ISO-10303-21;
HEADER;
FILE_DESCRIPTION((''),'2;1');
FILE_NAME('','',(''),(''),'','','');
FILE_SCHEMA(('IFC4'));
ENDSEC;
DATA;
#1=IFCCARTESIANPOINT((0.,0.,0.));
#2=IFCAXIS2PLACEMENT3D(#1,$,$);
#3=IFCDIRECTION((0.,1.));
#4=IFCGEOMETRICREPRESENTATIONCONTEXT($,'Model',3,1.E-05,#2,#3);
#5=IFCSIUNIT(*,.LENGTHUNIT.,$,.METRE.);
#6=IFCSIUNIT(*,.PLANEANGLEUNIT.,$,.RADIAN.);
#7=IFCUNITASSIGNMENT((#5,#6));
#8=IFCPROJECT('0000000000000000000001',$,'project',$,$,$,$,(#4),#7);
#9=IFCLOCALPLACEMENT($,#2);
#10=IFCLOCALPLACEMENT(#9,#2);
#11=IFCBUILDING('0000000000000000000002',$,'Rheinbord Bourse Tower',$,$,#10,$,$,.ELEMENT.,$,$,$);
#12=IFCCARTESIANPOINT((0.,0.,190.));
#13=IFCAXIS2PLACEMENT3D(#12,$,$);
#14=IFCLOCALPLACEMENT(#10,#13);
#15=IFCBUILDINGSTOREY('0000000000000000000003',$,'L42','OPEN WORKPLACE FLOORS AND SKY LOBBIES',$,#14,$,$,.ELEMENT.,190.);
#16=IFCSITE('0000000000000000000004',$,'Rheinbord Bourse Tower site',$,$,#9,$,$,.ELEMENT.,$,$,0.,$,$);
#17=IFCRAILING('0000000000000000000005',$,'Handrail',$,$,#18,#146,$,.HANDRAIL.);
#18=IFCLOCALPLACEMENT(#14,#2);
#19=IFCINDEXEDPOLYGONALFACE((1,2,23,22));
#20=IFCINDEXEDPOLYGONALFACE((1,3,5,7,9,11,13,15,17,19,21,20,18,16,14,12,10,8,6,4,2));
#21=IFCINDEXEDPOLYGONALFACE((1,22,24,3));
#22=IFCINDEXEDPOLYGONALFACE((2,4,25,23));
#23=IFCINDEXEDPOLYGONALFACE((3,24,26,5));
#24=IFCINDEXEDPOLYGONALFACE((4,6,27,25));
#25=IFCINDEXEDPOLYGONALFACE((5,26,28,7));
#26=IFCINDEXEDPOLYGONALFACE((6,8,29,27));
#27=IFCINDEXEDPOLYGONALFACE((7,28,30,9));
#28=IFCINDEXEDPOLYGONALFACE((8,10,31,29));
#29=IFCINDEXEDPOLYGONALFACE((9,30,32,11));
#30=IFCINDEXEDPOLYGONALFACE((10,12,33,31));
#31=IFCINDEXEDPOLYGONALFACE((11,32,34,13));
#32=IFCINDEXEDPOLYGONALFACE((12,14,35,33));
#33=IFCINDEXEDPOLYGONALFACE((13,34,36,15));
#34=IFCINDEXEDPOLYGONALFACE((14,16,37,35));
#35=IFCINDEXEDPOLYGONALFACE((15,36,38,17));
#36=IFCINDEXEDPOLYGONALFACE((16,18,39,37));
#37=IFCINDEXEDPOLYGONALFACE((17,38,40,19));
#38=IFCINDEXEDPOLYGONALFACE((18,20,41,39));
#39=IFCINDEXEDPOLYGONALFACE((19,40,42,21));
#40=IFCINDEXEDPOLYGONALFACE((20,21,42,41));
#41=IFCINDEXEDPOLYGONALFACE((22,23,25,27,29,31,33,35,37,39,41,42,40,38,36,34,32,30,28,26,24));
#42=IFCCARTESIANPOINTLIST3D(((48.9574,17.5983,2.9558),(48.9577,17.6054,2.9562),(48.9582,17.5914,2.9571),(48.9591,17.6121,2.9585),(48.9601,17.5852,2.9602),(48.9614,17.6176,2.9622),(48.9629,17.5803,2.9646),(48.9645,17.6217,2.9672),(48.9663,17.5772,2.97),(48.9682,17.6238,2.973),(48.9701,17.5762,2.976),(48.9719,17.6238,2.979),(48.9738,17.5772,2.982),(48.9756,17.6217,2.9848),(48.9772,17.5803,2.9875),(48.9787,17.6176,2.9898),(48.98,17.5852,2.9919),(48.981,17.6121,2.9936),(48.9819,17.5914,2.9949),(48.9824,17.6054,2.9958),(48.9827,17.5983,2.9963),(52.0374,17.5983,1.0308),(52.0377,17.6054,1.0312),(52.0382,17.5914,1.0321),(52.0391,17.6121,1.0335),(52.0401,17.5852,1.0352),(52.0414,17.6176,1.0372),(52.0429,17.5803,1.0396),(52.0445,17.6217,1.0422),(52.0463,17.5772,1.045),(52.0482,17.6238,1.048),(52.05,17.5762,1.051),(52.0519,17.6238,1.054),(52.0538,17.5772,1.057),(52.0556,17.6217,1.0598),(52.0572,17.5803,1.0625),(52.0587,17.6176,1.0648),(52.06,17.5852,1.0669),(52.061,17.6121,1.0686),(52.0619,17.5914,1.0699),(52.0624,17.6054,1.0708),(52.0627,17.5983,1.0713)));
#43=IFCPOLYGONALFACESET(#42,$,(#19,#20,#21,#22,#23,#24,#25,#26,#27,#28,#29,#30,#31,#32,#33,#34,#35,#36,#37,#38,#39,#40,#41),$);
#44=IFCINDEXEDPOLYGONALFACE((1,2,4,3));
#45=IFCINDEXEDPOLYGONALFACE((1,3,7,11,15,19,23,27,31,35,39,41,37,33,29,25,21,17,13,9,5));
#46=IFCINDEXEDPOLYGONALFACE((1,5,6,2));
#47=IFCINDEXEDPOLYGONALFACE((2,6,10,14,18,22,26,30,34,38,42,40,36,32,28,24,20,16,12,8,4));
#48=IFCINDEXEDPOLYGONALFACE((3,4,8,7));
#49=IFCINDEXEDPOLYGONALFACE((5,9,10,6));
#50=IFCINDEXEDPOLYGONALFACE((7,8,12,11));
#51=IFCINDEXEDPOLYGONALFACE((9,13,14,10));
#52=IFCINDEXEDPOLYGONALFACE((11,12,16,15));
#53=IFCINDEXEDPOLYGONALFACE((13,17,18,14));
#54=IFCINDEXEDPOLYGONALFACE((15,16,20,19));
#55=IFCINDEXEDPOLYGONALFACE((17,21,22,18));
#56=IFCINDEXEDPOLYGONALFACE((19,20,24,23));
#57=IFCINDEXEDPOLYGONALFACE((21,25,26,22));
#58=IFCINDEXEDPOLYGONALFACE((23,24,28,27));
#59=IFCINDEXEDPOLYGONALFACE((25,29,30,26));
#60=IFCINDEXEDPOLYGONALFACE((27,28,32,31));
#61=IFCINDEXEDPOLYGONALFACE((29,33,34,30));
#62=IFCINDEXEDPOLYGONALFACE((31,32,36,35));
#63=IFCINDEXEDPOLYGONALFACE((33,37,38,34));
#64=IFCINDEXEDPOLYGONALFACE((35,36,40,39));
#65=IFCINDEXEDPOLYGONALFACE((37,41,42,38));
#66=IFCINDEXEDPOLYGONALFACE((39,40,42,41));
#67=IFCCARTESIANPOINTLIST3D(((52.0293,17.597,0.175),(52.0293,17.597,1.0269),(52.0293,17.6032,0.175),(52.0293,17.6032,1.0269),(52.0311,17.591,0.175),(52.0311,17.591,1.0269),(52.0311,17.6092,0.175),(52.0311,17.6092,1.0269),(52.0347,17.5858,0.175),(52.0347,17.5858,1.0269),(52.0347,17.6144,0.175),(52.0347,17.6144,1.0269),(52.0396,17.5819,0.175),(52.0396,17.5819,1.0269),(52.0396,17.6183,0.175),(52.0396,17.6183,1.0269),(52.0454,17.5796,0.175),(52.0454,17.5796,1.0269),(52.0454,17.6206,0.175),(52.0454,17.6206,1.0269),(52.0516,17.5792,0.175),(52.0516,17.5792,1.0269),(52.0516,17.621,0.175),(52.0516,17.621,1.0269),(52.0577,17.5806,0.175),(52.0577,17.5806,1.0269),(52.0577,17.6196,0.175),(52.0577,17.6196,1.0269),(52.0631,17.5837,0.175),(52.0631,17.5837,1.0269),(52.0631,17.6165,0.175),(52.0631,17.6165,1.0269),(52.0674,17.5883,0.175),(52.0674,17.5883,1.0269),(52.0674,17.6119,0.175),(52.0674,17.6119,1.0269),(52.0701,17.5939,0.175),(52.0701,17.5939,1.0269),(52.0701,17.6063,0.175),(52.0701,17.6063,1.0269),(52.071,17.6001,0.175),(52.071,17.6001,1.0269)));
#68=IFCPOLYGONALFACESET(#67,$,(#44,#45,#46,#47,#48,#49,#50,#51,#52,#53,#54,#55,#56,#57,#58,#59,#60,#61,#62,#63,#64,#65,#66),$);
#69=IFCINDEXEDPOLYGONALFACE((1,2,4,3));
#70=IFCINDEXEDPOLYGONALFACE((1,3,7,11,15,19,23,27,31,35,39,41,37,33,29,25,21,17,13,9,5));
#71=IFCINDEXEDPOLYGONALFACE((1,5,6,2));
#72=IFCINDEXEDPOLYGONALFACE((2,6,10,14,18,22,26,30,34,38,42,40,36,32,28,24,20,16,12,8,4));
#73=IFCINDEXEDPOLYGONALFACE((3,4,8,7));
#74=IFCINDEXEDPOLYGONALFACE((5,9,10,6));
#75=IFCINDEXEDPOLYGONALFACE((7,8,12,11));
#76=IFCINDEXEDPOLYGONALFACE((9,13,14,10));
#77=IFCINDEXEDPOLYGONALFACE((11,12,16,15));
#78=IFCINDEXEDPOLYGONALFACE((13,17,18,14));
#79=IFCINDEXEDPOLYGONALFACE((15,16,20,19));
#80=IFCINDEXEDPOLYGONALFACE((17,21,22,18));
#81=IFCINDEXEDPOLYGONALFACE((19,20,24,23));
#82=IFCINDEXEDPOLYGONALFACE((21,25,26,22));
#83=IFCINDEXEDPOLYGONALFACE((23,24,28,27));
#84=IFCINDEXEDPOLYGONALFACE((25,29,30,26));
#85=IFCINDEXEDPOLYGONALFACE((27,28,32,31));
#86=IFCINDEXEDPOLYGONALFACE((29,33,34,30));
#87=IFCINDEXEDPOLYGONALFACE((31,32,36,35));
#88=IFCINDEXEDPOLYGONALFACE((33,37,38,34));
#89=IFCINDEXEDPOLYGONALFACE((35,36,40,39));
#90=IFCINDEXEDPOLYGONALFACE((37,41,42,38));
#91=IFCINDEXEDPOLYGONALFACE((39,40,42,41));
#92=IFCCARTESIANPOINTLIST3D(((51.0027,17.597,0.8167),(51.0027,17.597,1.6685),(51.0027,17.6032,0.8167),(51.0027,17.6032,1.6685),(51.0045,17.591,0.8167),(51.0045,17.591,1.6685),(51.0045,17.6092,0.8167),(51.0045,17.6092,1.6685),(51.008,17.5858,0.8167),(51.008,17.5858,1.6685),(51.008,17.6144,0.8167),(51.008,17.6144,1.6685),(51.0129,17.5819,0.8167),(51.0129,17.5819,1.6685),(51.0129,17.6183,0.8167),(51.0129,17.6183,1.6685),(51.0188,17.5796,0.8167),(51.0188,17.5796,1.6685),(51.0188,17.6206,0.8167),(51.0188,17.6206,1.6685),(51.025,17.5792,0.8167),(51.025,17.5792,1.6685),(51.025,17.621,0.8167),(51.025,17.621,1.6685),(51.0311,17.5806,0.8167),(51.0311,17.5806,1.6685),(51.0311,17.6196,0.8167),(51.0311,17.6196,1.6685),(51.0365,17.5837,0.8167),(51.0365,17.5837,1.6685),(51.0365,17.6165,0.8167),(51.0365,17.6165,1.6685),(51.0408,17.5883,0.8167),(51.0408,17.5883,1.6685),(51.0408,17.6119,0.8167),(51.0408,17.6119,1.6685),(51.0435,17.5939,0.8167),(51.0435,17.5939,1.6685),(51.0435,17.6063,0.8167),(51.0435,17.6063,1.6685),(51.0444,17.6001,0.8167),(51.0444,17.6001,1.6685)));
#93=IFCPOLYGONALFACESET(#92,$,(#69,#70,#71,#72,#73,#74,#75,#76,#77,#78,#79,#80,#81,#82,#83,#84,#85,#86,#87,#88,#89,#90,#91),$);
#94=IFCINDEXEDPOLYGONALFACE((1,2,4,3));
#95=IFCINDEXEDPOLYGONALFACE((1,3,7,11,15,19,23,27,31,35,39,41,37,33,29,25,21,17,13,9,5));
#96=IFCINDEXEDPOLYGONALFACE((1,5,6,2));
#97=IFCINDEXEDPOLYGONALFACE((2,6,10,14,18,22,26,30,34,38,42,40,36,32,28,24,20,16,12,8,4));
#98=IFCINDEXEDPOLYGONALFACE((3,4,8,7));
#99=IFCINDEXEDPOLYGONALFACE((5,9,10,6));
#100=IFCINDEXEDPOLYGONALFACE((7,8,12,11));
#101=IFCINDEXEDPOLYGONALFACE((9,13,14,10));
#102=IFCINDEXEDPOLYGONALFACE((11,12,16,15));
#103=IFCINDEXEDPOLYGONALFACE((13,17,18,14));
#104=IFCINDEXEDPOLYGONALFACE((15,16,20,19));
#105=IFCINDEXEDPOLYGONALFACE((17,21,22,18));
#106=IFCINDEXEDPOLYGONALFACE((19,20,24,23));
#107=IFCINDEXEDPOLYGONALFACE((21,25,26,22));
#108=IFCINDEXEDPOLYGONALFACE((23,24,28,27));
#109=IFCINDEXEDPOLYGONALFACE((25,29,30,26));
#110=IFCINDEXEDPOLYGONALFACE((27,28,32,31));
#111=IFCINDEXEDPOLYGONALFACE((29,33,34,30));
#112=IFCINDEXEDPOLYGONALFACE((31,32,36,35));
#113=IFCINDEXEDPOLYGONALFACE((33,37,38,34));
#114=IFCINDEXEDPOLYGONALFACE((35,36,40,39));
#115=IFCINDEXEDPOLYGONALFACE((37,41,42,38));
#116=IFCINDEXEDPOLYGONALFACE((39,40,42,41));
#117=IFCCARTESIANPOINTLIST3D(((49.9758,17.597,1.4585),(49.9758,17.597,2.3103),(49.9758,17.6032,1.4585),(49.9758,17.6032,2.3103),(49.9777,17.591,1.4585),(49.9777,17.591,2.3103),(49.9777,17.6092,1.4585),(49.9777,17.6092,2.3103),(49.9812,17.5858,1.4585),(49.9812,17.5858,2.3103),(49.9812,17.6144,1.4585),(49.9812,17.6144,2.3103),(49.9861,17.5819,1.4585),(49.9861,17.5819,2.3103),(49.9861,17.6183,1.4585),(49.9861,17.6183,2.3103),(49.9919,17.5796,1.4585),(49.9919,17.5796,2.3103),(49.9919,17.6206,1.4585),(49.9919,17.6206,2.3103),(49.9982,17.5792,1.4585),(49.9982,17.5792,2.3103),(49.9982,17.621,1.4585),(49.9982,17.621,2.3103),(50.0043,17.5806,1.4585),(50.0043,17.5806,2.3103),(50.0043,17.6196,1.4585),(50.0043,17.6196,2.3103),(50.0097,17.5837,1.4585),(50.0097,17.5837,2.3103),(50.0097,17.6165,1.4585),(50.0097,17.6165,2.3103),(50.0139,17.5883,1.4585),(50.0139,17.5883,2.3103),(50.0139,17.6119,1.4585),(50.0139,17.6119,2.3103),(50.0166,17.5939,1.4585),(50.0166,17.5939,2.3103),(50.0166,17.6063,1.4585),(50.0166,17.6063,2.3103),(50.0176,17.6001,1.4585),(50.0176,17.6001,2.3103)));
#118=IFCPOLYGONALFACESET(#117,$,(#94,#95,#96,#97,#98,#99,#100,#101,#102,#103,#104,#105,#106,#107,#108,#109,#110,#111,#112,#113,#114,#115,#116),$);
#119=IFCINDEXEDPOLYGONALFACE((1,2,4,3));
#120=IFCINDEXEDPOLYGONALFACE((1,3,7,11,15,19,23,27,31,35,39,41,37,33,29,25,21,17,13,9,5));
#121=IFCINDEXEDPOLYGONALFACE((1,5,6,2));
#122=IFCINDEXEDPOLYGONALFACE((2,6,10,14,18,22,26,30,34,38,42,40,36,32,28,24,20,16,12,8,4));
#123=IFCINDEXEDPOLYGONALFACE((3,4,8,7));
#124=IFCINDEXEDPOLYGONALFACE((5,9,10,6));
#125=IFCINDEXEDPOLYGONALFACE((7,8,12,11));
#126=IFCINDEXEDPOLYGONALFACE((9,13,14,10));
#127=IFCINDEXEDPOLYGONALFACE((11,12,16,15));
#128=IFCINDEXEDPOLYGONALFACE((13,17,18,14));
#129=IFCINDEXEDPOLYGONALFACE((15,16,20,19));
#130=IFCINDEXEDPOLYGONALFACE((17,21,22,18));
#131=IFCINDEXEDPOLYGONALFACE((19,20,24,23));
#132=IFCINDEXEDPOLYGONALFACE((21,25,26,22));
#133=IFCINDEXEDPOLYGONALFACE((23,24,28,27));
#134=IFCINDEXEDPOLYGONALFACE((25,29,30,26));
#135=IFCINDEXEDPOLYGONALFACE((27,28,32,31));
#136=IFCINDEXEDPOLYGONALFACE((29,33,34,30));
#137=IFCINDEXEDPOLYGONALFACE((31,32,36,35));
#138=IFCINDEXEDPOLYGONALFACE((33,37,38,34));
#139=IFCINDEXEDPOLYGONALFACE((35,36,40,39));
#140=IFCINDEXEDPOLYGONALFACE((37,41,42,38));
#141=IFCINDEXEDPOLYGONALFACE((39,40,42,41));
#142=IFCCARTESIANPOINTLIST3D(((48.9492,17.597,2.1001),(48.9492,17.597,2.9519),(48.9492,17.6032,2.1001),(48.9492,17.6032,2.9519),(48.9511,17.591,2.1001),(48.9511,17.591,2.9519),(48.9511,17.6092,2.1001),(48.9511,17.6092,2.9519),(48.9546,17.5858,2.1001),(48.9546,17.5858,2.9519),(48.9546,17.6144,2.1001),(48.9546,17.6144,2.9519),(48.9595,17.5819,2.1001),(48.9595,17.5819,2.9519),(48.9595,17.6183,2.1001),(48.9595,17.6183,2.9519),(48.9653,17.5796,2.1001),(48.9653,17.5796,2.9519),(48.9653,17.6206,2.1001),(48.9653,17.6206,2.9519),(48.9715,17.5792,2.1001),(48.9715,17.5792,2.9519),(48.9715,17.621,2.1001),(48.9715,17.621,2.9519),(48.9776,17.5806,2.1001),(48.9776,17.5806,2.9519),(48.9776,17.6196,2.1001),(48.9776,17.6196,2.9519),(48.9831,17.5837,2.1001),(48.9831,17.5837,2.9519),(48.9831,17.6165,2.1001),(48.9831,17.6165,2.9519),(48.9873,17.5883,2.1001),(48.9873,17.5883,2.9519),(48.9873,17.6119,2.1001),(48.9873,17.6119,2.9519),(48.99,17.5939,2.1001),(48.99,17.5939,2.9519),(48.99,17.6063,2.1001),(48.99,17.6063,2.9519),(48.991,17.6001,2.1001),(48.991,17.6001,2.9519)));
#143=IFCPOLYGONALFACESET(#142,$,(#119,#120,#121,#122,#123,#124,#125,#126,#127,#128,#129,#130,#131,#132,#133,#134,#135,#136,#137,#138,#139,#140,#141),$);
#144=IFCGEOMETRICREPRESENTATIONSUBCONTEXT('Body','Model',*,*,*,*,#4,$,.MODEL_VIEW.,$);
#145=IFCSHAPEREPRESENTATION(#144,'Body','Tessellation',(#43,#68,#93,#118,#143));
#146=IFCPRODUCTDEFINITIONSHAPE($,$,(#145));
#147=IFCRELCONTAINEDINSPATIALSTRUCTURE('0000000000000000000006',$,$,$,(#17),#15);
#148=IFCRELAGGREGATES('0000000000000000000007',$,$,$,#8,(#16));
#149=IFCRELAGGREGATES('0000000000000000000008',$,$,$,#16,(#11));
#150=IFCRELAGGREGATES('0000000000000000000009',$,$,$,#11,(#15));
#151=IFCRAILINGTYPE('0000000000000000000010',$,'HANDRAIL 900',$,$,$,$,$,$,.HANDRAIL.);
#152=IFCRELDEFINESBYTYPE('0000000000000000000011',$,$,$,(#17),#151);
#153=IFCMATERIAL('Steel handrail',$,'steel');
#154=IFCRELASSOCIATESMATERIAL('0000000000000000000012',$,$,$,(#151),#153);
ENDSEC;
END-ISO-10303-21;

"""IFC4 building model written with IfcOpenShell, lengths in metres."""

from ifc_helpers import new_model, si_unit, direction, frame, origin, origin_2d, place, context, subcontext, project, spatial, circle, extrude, material, type_object, element, save


model = new_model("IFC4")

# Units and contexts
model_context = context("Model", 3, precision=1e-05, world=origin(), true_north=direction((0.0, 1.0)))
body_context = subcontext(model_context, "Body", "Model", "MODEL_VIEW")
ifc_project = project(units=[si_unit("LENGTHUNIT", "METRE"), si_unit("PLANEANGLEUNIT", "RADIAN")], contexts=[model_context])

# Site, building, storey
site_placement = place(None, origin())
site = spatial("IfcSite", under=ifc_project, at=site_placement, Name="Rheinbord Bourse Tower site", CompositionType="ELEMENT", RefElevation=0.0)
building_placement = place(site_placement, origin())
building = spatial("IfcBuilding", under=site, at=building_placement, Name="Rheinbord Bourse Tower", CompositionType="ELEMENT")
storey_placement = place(building_placement, frame((0.0, 0.0, 190.0)))
storey = spatial("IfcBuildingStorey", under=building, at=storey_placement, Name="L42", Description="OPEN WORKPLACE FLOORS AND SKY LOBBIES", CompositionType="ELEMENT", Elevation=190.0)

# Railing
ifc_material_1 = material(Name="Steel handrail", Category="steel")
railing_type = type_object("IfcRailingType", Name="HANDRAIL 900", PredefinedType="HANDRAIL", material=ifc_material_1)
railing_1_placement = place(storey_placement, frame((52.05, 17.6001, 0.175)))
element("IfcRailing", 1, at=railing_1_placement, inside=storey, type_object=railing_type, Name="Handrail", PredefinedType="HANDRAIL", context=body_context, shape_type="SweptSolid", body=[
    extrude(circle(Radius=0.0239, at=origin_2d()), frame((0.0, 0.0, 0.876), z_axis=(-0.847998, 0.0, 0.529999), x_axis=(0.0, -1.0, 0.0)), (0.0, 0.0, 1.0), 3.6321),
    extrude(circle(Radius=0.021, at=origin_2d()), origin(), (0.0, 0.0, 1.0), 0.8518),
    extrude(circle(Radius=0.021, at=origin_2d()), frame((-1.0266, 0.0, 0.6416)), (0.0, 0.0, 1.0), 0.8518),
    extrude(circle(Radius=0.021, at=origin_2d()), frame((-2.0535, 0.0, 1.2834)), (0.0, 0.0, 1.0), 0.8518),
    extrude(circle(Radius=0.021, at=origin_2d()), frame((-3.0801, 0.0, 1.925)), (0.0, 0.0, 1.0), 0.8518),
])

save(model, "model.ifc")
